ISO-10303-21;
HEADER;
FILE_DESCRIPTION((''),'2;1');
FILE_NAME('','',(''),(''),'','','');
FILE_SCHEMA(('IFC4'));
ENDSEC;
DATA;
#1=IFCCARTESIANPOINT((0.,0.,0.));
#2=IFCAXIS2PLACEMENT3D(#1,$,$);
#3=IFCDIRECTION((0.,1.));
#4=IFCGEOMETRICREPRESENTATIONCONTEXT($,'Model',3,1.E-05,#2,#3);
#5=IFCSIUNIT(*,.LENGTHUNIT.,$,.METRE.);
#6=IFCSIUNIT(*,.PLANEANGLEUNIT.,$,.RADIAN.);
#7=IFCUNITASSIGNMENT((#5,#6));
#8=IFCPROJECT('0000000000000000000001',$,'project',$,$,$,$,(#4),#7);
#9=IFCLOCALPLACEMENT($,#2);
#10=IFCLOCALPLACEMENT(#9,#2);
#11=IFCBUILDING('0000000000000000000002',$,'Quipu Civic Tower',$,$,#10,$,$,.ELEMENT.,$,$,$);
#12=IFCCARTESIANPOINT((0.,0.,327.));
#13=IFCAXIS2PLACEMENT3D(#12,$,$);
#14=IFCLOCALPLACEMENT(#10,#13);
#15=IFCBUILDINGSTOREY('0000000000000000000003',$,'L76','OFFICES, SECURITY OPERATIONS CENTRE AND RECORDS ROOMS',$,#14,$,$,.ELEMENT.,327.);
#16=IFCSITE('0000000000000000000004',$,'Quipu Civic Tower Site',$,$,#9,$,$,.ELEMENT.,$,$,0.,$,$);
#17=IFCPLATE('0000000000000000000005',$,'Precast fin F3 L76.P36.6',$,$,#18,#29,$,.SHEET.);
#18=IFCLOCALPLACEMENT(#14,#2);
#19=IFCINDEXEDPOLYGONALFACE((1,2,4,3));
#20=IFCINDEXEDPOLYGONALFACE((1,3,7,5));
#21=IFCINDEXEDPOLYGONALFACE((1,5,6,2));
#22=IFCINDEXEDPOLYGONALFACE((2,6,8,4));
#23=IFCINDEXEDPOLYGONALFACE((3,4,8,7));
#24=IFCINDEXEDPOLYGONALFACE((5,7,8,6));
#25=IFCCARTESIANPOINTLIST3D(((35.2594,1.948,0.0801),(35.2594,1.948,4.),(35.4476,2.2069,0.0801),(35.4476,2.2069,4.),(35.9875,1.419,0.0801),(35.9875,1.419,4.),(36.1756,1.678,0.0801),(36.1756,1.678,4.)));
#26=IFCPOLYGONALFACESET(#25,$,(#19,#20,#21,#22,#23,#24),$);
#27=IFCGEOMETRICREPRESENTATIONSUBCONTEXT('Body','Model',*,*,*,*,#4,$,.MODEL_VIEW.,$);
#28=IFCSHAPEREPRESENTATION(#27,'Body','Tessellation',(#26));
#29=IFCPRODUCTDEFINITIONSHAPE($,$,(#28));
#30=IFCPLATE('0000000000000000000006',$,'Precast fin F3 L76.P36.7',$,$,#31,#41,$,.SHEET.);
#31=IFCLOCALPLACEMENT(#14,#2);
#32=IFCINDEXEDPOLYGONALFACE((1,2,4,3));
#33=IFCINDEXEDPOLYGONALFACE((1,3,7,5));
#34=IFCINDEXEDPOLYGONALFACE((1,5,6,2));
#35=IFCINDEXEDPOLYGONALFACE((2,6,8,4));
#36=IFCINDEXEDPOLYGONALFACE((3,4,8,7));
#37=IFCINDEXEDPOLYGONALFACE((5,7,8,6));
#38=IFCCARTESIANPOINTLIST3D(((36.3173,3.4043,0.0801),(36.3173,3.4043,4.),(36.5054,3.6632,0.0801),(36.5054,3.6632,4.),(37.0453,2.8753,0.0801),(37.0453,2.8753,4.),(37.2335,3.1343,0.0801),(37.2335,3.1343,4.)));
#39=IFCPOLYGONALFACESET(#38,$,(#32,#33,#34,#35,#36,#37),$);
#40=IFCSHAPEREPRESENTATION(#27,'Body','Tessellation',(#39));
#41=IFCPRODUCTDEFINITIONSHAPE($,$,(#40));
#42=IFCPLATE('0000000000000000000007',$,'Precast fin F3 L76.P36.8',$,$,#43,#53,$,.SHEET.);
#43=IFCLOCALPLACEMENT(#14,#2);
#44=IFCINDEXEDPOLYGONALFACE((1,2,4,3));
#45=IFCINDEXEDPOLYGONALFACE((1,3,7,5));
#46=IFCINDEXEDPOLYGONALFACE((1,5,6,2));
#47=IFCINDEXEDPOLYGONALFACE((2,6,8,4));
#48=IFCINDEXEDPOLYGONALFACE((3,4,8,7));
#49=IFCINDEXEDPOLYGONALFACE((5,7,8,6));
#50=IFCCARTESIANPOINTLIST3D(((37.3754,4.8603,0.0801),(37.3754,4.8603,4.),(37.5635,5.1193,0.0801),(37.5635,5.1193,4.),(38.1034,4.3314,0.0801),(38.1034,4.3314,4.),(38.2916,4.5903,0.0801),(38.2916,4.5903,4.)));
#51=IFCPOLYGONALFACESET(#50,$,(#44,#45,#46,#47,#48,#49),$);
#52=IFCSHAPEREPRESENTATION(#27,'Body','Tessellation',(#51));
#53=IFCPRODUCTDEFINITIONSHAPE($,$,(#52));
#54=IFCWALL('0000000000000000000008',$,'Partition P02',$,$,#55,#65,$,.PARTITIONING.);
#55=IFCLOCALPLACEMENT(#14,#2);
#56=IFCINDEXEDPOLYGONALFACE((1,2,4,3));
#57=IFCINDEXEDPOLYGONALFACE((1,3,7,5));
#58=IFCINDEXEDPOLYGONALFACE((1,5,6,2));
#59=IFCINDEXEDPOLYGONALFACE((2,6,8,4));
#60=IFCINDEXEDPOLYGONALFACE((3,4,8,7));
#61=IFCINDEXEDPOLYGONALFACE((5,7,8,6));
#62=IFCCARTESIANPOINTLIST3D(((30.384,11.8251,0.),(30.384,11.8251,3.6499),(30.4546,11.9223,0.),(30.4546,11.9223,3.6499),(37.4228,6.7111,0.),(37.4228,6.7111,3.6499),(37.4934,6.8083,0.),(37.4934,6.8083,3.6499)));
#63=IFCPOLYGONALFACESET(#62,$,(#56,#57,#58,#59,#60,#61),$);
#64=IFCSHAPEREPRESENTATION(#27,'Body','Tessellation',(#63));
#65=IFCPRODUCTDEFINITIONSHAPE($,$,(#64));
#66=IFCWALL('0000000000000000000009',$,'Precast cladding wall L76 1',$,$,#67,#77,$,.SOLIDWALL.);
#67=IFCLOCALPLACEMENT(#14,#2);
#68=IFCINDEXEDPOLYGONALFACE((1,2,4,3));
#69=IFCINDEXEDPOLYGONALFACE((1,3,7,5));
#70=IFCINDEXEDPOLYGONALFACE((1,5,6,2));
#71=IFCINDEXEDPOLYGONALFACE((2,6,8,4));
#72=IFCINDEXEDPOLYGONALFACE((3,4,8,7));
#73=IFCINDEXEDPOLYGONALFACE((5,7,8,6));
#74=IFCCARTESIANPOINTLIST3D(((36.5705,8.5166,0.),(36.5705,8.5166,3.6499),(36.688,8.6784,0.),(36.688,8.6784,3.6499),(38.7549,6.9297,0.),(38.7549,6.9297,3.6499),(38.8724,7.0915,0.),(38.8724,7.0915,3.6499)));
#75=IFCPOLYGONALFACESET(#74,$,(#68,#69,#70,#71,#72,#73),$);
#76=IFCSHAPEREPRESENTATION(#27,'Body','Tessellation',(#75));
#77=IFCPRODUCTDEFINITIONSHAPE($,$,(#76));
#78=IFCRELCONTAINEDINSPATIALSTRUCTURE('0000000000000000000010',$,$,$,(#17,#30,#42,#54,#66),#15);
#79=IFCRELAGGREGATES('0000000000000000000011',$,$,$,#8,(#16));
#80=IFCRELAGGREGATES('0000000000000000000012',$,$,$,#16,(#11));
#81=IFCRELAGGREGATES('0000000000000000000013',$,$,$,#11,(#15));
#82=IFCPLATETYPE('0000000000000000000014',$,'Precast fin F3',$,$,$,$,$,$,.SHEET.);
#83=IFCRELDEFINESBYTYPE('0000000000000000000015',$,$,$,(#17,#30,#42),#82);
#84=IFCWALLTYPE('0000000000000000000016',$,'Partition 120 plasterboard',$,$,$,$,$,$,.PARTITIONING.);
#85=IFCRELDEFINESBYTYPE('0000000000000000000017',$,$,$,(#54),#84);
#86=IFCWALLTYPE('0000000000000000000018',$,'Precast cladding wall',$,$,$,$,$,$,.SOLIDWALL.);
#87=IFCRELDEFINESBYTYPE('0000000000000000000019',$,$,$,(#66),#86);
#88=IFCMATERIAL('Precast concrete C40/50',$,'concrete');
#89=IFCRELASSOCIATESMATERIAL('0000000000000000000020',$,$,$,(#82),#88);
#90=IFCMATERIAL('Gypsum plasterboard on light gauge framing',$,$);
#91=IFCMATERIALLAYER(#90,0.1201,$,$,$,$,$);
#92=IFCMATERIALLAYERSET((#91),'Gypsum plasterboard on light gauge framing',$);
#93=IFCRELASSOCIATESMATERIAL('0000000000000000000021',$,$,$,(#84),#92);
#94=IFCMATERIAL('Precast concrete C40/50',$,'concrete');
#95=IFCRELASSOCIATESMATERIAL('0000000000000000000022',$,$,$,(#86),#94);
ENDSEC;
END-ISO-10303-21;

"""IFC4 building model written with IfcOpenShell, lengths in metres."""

from ifc_helpers import new_model, si_unit, direction, frame, frame_2d, origin, origin_2d, place, context, subcontext, project, spatial, rectangle, extrude, material, layer, layer_set, type_object, element, save


model = new_model("IFC4")

# Units and contexts
model_context = context("Model", 3, precision=1e-05, world=origin(), true_north=direction((0.0, 1.0)))
body_context = subcontext(model_context, "Body", "Model", "MODEL_VIEW")
ifc_project = project(units=[si_unit("LENGTHUNIT", "METRE"), si_unit("PLANEANGLEUNIT", "RADIAN")], contexts=[model_context])

# Site, building, storey
site_placement = place(None, origin())
site = spatial("IfcSite", under=ifc_project, at=site_placement, Name="Quipu Civic Tower Site", CompositionType="ELEMENT", RefElevation=0.0)
building_placement = place(site_placement, origin())
building = spatial("IfcBuilding", under=site, at=building_placement, Name="Quipu Civic Tower", CompositionType="ELEMENT")
storey_placement = place(building_placement, frame((0.0, 0.0, 327.0)))
storey = spatial("IfcBuildingStorey", under=building, at=storey_placement, Name="L76", Description="OFFICES, SECURITY OPERATIONS CENTRE AND RECORDS ROOMS", CompositionType="ELEMENT", Elevation=327.0)

# Plates
ifc_material_1 = material(Name="Precast concrete C40/50", Category="concrete")
plate_type_1 = type_object("IfcPlateType", Name="Precast fin F3", PredefinedType="SHEET", material=ifc_material_1)
for number, where, z_axis, x_axis, name in (
    (1, (35.7175, 1.813, 0.0801), (0.0, 0.0, 1.0), (0.587787, 0.809016, 0.0), "Precast fin F3 L76.P36.6"),
    (2, (36.7754, 3.2693, 0.0801), (0.0, 0.0, 1.0), (0.587787, 0.809016, 0.0), "Precast fin F3 L76.P36.7"),
    (3, (37.8335, 4.7253, 0.0801), (0.0, 0.0, 1.0), (0.587787, 0.809016, 0.0), "Precast fin F3 L76.P36.8"),
):
    element("IfcPlate", number, at=place(storey_placement, frame(where, z_axis=z_axis, x_axis=x_axis)), inside=storey, type_object=plate_type_1, Name=name, PredefinedType="SHEET", context=body_context, shape_type="SweptSolid", body=[
        extrude(rectangle(XDim=0.3201, YDim=0.8999, at=origin_2d()), origin(), (0.0, 0.0, 1.0), 3.9199),
    ])

# Walls
ifc_material_2 = material(Name="Gypsum plasterboard on light gauge framing")
ifc_layer_1 = layer(ifc_material_2, 0.1201)
ifc_layer_set_1 = layer_set([ifc_layer_1], Name="Gypsum plasterboard on light gauge framing")
wall_type_1 = type_object("IfcWallType", Name="Partition 120 plasterboard", PredefinedType="PARTITIONING", material=ifc_layer_set_1)
wall_1_placement = place(storey_placement, frame((37.458, 6.7598, 0.0), z_axis=(0.0, 0.0, 1.0), x_axis=(-0.809016, 0.587786, 0.0)))
element("IfcWall", 4, at=wall_1_placement, inside=storey, type_object=wall_type_1, Name="Partition P02", PredefinedType="PARTITIONING", context=body_context, shape_type="SweptSolid", body=[
    extrude(rectangle(XDim=8.7004, YDim=0.1201, at=frame_2d((4.3501, 0.0))), origin(), (0.0, 0.0, 1.0), 3.6499),
])
ifc_material_3 = material(Name="Precast concrete C40/50", Category="concrete")
wall_type_2 = type_object("IfcWallType", Name="Precast cladding wall", PredefinedType="SOLIDWALL", material=ifc_material_3)
wall_2_placement = place(storey_placement, frame((38.8137, 7.0105, 0.0), z_axis=(0.0, 0.0, 1.0), x_axis=(-0.809033, 0.587763, 0.0)))
element("IfcWall", 5, at=wall_2_placement, inside=storey, type_object=wall_type_2, Name="Precast cladding wall L76 1", PredefinedType="SOLIDWALL", context=body_context, shape_type="SweptSolid", body=[
    extrude(rectangle(XDim=2.7, YDim=0.2, at=frame_2d((1.3501, 0.0))), origin(), (0.0, 0.0, 1.0), 3.6499),
])

save(model, "model.ifc")
